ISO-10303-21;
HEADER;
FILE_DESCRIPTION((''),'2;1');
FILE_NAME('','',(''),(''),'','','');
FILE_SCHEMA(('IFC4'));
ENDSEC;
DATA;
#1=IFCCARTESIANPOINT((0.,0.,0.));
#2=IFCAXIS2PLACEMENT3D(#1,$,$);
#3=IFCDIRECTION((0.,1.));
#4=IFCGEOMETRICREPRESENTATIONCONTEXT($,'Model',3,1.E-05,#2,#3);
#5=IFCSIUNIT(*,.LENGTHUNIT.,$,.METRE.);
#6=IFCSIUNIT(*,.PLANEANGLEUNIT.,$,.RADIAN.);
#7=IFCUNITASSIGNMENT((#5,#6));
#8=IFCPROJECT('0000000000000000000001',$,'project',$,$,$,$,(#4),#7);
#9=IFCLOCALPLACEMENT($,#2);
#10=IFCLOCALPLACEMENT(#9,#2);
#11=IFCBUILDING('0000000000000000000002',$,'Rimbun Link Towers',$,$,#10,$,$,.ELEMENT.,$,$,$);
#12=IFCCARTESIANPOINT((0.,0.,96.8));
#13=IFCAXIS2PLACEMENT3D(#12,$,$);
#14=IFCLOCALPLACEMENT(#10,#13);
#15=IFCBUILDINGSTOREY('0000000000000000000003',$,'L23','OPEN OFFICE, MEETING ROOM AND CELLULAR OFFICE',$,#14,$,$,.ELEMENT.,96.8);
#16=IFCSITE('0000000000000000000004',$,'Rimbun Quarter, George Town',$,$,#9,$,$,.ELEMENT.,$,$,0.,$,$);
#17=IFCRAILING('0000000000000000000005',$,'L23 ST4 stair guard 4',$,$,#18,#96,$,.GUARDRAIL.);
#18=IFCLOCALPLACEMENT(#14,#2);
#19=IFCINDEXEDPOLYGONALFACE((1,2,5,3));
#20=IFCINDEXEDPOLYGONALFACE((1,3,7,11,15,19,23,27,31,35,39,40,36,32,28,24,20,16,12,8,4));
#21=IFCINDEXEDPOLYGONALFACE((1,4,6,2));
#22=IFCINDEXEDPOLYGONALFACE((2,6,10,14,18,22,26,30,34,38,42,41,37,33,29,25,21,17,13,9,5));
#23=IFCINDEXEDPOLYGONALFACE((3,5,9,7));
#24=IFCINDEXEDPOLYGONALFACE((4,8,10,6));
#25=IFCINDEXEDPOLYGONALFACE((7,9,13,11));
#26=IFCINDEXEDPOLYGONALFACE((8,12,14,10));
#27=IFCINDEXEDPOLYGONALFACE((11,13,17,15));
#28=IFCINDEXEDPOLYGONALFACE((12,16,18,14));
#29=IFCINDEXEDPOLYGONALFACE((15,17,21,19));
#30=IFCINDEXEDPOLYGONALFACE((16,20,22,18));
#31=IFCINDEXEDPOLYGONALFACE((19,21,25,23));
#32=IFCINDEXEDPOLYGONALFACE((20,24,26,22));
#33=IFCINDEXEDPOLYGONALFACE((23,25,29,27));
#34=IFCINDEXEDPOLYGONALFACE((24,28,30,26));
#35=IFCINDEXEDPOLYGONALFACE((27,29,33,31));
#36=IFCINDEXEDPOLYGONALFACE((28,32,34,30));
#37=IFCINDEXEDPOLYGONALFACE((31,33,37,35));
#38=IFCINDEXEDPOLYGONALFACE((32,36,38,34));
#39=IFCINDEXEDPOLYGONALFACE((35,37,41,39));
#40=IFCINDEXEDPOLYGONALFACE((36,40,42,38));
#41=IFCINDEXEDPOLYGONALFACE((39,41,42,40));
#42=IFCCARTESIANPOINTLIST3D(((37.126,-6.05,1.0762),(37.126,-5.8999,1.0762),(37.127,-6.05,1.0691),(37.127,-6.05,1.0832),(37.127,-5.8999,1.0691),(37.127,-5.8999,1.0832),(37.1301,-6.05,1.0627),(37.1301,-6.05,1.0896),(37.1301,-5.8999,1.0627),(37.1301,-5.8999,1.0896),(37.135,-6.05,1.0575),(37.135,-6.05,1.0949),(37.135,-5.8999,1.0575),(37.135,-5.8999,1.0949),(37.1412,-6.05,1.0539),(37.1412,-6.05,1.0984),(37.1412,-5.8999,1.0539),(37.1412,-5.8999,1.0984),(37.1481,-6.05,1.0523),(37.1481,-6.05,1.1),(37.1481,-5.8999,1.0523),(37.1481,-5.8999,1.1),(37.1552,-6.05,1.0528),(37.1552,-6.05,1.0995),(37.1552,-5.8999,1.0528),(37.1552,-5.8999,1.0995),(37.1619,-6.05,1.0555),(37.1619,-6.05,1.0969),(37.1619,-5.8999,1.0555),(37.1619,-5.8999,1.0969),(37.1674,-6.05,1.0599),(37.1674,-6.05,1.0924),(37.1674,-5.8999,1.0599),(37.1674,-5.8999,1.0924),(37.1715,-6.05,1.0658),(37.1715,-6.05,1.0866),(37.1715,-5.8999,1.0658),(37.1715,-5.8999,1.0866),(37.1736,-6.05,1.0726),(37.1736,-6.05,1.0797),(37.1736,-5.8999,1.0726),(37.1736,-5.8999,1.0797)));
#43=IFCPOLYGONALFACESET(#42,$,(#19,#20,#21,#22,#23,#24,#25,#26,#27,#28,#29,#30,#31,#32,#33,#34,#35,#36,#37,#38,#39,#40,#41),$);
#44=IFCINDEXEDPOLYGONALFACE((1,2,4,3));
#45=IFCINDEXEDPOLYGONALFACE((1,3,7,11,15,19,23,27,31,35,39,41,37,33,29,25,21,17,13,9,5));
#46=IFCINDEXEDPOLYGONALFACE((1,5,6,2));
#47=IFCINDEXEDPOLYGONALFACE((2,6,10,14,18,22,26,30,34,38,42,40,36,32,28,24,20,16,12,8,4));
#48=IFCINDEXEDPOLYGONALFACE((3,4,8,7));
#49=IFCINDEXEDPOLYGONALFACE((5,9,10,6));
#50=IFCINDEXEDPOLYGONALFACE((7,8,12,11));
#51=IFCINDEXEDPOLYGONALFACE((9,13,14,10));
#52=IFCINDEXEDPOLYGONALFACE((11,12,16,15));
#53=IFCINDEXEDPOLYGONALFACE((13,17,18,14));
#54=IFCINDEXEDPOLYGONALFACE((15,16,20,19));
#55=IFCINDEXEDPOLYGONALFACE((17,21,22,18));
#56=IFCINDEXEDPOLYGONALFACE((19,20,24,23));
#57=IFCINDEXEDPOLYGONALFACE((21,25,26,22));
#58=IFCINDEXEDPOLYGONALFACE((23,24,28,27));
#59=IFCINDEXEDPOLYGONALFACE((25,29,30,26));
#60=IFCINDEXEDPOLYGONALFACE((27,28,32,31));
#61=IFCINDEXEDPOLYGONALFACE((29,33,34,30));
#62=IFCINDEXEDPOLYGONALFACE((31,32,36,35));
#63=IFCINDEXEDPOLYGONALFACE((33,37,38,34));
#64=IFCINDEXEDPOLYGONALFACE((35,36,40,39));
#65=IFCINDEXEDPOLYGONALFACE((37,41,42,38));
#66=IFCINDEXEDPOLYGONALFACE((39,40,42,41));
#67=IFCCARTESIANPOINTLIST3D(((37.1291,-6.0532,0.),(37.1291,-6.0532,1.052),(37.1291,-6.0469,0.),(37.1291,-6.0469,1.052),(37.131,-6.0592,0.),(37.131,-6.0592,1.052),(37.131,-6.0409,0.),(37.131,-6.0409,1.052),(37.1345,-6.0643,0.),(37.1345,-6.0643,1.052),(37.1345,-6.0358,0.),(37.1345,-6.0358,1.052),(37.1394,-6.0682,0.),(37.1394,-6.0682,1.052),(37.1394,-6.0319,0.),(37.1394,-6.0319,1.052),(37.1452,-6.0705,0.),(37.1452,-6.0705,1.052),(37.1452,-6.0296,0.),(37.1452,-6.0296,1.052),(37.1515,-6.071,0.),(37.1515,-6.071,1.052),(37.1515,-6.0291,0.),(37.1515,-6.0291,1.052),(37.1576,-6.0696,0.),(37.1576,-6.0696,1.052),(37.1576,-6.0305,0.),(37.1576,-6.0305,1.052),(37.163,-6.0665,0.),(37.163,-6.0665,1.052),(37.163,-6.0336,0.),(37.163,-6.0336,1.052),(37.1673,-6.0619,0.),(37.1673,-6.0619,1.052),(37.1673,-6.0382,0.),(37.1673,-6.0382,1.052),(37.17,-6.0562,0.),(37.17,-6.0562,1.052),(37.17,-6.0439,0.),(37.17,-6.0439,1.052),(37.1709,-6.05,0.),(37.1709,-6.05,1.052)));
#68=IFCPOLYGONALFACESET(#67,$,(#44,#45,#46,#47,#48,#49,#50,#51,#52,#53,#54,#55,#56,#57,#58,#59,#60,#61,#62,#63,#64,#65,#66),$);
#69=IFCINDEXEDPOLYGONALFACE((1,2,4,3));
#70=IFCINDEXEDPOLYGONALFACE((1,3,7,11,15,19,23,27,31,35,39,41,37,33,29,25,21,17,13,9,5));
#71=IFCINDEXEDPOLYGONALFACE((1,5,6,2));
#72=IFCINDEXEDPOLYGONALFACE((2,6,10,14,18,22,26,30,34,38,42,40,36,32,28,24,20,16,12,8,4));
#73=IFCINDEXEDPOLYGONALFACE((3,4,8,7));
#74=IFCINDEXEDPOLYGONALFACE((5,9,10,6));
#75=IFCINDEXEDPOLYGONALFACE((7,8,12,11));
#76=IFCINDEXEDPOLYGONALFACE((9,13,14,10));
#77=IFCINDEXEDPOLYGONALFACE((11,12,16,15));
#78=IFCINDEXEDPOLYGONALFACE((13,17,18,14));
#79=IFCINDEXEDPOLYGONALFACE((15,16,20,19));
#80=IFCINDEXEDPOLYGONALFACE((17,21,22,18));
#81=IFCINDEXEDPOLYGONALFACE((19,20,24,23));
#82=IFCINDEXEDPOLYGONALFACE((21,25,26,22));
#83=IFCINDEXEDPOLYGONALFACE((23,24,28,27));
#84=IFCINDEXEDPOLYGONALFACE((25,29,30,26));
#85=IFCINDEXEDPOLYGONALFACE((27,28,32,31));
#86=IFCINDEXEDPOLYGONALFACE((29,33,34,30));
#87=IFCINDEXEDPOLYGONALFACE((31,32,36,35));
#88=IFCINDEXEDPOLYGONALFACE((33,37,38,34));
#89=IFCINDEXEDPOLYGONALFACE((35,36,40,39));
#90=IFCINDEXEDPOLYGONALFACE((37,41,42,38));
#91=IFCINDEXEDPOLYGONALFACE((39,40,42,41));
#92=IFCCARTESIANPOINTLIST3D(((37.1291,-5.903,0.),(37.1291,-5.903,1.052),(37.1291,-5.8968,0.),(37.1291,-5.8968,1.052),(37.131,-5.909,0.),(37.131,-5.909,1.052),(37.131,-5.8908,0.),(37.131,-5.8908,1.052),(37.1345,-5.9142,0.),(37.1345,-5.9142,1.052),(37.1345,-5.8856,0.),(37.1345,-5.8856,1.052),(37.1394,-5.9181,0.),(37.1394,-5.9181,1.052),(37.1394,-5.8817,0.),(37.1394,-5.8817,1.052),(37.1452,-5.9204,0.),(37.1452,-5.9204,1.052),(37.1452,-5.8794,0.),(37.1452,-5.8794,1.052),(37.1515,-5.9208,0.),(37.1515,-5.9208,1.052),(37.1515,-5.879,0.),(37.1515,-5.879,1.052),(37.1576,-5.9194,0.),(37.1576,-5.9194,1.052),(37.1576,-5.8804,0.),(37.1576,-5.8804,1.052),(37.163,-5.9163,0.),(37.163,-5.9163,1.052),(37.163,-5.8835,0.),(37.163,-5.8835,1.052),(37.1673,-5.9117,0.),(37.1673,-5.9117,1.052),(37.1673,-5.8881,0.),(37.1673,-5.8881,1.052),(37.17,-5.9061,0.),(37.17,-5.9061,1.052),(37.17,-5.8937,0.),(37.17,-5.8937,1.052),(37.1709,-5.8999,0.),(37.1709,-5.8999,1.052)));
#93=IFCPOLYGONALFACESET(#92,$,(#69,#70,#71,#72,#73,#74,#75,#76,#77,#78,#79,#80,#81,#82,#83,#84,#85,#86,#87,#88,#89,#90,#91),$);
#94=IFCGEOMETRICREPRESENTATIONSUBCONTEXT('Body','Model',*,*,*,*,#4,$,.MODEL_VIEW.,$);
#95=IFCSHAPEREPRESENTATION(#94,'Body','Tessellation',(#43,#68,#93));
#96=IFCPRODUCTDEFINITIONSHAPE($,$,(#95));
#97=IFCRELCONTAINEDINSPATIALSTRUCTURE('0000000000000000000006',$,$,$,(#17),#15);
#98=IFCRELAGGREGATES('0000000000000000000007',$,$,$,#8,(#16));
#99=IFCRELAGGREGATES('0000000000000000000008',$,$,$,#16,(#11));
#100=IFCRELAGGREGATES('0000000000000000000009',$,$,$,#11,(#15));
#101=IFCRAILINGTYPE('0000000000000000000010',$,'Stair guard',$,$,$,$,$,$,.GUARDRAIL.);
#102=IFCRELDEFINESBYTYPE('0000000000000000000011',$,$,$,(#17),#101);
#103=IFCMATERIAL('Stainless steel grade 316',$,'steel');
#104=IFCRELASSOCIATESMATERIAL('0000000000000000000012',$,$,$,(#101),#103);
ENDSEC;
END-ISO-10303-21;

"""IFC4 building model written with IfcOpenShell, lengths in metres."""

from ifc_helpers import new_model, si_unit, direction, frame, origin, origin_2d, place, context, subcontext, project, spatial, circle, extrude, material, type_object, element, save


model = new_model("IFC4")

# Units and contexts
model_context = context("Model", 3, precision=1e-05, world=origin(), true_north=direction((0.0, 1.0)))
body_context = subcontext(model_context, "Body", "Model", "MODEL_VIEW")
ifc_project = project(units=[si_unit("LENGTHUNIT", "METRE"), si_unit("PLANEANGLEUNIT", "RADIAN")], contexts=[model_context])

# Site, building, storey
site_placement = place(None, origin())
site = spatial("IfcSite", under=ifc_project, at=site_placement, Name="Rimbun Quarter, George Town", CompositionType="ELEMENT", RefElevation=0.0)
building_placement = place(site_placement, origin())
building = spatial("IfcBuilding", under=site, at=building_placement, Name="Rimbun Link Towers", CompositionType="ELEMENT")
storey_placement = place(building_placement, frame((0.0, 0.0, 96.8)))
storey = spatial("IfcBuildingStorey", under=building, at=storey_placement, Name="L23", Description="OPEN OFFICE, MEETING ROOM AND CELLULAR OFFICE", CompositionType="ELEMENT", Elevation=96.8)

# Railing
ifc_material_1 = material(Name="Stainless steel grade 316", Category="steel")
railing_type_1 = type_object("IfcRailingType", Name="Stair guard", PredefinedType="GUARDRAIL", material=ifc_material_1)
railing_1_placement = place(storey_placement, frame((37.1499, -6.05, 0.0)))
element("IfcRailing", 1, at=railing_1_placement, inside=storey, type_object=railing_type_1, Name="L23 ST4 stair guard 4", PredefinedType="GUARDRAIL", context=body_context, shape_type="SweptSolid", body=[
    extrude(circle(Radius=0.0239, at=origin_2d()), frame((0.0, 0.0, 1.0762), z_axis=(0.0, 1.0, 0.0), x_axis=(-1.0, 0.0, 0.0)), (0.0, 0.0, 1.0), 0.1501),
    extrude(circle(Radius=0.021, at=origin_2d()), origin(), (0.0, 0.0, 1.0), 1.052),
    extrude(circle(Radius=0.021, at=origin_2d()), frame((0.0, 0.1501, 0.0)), (0.0, 0.0, 1.0), 1.052),
])

save(model, "model.ifc")
